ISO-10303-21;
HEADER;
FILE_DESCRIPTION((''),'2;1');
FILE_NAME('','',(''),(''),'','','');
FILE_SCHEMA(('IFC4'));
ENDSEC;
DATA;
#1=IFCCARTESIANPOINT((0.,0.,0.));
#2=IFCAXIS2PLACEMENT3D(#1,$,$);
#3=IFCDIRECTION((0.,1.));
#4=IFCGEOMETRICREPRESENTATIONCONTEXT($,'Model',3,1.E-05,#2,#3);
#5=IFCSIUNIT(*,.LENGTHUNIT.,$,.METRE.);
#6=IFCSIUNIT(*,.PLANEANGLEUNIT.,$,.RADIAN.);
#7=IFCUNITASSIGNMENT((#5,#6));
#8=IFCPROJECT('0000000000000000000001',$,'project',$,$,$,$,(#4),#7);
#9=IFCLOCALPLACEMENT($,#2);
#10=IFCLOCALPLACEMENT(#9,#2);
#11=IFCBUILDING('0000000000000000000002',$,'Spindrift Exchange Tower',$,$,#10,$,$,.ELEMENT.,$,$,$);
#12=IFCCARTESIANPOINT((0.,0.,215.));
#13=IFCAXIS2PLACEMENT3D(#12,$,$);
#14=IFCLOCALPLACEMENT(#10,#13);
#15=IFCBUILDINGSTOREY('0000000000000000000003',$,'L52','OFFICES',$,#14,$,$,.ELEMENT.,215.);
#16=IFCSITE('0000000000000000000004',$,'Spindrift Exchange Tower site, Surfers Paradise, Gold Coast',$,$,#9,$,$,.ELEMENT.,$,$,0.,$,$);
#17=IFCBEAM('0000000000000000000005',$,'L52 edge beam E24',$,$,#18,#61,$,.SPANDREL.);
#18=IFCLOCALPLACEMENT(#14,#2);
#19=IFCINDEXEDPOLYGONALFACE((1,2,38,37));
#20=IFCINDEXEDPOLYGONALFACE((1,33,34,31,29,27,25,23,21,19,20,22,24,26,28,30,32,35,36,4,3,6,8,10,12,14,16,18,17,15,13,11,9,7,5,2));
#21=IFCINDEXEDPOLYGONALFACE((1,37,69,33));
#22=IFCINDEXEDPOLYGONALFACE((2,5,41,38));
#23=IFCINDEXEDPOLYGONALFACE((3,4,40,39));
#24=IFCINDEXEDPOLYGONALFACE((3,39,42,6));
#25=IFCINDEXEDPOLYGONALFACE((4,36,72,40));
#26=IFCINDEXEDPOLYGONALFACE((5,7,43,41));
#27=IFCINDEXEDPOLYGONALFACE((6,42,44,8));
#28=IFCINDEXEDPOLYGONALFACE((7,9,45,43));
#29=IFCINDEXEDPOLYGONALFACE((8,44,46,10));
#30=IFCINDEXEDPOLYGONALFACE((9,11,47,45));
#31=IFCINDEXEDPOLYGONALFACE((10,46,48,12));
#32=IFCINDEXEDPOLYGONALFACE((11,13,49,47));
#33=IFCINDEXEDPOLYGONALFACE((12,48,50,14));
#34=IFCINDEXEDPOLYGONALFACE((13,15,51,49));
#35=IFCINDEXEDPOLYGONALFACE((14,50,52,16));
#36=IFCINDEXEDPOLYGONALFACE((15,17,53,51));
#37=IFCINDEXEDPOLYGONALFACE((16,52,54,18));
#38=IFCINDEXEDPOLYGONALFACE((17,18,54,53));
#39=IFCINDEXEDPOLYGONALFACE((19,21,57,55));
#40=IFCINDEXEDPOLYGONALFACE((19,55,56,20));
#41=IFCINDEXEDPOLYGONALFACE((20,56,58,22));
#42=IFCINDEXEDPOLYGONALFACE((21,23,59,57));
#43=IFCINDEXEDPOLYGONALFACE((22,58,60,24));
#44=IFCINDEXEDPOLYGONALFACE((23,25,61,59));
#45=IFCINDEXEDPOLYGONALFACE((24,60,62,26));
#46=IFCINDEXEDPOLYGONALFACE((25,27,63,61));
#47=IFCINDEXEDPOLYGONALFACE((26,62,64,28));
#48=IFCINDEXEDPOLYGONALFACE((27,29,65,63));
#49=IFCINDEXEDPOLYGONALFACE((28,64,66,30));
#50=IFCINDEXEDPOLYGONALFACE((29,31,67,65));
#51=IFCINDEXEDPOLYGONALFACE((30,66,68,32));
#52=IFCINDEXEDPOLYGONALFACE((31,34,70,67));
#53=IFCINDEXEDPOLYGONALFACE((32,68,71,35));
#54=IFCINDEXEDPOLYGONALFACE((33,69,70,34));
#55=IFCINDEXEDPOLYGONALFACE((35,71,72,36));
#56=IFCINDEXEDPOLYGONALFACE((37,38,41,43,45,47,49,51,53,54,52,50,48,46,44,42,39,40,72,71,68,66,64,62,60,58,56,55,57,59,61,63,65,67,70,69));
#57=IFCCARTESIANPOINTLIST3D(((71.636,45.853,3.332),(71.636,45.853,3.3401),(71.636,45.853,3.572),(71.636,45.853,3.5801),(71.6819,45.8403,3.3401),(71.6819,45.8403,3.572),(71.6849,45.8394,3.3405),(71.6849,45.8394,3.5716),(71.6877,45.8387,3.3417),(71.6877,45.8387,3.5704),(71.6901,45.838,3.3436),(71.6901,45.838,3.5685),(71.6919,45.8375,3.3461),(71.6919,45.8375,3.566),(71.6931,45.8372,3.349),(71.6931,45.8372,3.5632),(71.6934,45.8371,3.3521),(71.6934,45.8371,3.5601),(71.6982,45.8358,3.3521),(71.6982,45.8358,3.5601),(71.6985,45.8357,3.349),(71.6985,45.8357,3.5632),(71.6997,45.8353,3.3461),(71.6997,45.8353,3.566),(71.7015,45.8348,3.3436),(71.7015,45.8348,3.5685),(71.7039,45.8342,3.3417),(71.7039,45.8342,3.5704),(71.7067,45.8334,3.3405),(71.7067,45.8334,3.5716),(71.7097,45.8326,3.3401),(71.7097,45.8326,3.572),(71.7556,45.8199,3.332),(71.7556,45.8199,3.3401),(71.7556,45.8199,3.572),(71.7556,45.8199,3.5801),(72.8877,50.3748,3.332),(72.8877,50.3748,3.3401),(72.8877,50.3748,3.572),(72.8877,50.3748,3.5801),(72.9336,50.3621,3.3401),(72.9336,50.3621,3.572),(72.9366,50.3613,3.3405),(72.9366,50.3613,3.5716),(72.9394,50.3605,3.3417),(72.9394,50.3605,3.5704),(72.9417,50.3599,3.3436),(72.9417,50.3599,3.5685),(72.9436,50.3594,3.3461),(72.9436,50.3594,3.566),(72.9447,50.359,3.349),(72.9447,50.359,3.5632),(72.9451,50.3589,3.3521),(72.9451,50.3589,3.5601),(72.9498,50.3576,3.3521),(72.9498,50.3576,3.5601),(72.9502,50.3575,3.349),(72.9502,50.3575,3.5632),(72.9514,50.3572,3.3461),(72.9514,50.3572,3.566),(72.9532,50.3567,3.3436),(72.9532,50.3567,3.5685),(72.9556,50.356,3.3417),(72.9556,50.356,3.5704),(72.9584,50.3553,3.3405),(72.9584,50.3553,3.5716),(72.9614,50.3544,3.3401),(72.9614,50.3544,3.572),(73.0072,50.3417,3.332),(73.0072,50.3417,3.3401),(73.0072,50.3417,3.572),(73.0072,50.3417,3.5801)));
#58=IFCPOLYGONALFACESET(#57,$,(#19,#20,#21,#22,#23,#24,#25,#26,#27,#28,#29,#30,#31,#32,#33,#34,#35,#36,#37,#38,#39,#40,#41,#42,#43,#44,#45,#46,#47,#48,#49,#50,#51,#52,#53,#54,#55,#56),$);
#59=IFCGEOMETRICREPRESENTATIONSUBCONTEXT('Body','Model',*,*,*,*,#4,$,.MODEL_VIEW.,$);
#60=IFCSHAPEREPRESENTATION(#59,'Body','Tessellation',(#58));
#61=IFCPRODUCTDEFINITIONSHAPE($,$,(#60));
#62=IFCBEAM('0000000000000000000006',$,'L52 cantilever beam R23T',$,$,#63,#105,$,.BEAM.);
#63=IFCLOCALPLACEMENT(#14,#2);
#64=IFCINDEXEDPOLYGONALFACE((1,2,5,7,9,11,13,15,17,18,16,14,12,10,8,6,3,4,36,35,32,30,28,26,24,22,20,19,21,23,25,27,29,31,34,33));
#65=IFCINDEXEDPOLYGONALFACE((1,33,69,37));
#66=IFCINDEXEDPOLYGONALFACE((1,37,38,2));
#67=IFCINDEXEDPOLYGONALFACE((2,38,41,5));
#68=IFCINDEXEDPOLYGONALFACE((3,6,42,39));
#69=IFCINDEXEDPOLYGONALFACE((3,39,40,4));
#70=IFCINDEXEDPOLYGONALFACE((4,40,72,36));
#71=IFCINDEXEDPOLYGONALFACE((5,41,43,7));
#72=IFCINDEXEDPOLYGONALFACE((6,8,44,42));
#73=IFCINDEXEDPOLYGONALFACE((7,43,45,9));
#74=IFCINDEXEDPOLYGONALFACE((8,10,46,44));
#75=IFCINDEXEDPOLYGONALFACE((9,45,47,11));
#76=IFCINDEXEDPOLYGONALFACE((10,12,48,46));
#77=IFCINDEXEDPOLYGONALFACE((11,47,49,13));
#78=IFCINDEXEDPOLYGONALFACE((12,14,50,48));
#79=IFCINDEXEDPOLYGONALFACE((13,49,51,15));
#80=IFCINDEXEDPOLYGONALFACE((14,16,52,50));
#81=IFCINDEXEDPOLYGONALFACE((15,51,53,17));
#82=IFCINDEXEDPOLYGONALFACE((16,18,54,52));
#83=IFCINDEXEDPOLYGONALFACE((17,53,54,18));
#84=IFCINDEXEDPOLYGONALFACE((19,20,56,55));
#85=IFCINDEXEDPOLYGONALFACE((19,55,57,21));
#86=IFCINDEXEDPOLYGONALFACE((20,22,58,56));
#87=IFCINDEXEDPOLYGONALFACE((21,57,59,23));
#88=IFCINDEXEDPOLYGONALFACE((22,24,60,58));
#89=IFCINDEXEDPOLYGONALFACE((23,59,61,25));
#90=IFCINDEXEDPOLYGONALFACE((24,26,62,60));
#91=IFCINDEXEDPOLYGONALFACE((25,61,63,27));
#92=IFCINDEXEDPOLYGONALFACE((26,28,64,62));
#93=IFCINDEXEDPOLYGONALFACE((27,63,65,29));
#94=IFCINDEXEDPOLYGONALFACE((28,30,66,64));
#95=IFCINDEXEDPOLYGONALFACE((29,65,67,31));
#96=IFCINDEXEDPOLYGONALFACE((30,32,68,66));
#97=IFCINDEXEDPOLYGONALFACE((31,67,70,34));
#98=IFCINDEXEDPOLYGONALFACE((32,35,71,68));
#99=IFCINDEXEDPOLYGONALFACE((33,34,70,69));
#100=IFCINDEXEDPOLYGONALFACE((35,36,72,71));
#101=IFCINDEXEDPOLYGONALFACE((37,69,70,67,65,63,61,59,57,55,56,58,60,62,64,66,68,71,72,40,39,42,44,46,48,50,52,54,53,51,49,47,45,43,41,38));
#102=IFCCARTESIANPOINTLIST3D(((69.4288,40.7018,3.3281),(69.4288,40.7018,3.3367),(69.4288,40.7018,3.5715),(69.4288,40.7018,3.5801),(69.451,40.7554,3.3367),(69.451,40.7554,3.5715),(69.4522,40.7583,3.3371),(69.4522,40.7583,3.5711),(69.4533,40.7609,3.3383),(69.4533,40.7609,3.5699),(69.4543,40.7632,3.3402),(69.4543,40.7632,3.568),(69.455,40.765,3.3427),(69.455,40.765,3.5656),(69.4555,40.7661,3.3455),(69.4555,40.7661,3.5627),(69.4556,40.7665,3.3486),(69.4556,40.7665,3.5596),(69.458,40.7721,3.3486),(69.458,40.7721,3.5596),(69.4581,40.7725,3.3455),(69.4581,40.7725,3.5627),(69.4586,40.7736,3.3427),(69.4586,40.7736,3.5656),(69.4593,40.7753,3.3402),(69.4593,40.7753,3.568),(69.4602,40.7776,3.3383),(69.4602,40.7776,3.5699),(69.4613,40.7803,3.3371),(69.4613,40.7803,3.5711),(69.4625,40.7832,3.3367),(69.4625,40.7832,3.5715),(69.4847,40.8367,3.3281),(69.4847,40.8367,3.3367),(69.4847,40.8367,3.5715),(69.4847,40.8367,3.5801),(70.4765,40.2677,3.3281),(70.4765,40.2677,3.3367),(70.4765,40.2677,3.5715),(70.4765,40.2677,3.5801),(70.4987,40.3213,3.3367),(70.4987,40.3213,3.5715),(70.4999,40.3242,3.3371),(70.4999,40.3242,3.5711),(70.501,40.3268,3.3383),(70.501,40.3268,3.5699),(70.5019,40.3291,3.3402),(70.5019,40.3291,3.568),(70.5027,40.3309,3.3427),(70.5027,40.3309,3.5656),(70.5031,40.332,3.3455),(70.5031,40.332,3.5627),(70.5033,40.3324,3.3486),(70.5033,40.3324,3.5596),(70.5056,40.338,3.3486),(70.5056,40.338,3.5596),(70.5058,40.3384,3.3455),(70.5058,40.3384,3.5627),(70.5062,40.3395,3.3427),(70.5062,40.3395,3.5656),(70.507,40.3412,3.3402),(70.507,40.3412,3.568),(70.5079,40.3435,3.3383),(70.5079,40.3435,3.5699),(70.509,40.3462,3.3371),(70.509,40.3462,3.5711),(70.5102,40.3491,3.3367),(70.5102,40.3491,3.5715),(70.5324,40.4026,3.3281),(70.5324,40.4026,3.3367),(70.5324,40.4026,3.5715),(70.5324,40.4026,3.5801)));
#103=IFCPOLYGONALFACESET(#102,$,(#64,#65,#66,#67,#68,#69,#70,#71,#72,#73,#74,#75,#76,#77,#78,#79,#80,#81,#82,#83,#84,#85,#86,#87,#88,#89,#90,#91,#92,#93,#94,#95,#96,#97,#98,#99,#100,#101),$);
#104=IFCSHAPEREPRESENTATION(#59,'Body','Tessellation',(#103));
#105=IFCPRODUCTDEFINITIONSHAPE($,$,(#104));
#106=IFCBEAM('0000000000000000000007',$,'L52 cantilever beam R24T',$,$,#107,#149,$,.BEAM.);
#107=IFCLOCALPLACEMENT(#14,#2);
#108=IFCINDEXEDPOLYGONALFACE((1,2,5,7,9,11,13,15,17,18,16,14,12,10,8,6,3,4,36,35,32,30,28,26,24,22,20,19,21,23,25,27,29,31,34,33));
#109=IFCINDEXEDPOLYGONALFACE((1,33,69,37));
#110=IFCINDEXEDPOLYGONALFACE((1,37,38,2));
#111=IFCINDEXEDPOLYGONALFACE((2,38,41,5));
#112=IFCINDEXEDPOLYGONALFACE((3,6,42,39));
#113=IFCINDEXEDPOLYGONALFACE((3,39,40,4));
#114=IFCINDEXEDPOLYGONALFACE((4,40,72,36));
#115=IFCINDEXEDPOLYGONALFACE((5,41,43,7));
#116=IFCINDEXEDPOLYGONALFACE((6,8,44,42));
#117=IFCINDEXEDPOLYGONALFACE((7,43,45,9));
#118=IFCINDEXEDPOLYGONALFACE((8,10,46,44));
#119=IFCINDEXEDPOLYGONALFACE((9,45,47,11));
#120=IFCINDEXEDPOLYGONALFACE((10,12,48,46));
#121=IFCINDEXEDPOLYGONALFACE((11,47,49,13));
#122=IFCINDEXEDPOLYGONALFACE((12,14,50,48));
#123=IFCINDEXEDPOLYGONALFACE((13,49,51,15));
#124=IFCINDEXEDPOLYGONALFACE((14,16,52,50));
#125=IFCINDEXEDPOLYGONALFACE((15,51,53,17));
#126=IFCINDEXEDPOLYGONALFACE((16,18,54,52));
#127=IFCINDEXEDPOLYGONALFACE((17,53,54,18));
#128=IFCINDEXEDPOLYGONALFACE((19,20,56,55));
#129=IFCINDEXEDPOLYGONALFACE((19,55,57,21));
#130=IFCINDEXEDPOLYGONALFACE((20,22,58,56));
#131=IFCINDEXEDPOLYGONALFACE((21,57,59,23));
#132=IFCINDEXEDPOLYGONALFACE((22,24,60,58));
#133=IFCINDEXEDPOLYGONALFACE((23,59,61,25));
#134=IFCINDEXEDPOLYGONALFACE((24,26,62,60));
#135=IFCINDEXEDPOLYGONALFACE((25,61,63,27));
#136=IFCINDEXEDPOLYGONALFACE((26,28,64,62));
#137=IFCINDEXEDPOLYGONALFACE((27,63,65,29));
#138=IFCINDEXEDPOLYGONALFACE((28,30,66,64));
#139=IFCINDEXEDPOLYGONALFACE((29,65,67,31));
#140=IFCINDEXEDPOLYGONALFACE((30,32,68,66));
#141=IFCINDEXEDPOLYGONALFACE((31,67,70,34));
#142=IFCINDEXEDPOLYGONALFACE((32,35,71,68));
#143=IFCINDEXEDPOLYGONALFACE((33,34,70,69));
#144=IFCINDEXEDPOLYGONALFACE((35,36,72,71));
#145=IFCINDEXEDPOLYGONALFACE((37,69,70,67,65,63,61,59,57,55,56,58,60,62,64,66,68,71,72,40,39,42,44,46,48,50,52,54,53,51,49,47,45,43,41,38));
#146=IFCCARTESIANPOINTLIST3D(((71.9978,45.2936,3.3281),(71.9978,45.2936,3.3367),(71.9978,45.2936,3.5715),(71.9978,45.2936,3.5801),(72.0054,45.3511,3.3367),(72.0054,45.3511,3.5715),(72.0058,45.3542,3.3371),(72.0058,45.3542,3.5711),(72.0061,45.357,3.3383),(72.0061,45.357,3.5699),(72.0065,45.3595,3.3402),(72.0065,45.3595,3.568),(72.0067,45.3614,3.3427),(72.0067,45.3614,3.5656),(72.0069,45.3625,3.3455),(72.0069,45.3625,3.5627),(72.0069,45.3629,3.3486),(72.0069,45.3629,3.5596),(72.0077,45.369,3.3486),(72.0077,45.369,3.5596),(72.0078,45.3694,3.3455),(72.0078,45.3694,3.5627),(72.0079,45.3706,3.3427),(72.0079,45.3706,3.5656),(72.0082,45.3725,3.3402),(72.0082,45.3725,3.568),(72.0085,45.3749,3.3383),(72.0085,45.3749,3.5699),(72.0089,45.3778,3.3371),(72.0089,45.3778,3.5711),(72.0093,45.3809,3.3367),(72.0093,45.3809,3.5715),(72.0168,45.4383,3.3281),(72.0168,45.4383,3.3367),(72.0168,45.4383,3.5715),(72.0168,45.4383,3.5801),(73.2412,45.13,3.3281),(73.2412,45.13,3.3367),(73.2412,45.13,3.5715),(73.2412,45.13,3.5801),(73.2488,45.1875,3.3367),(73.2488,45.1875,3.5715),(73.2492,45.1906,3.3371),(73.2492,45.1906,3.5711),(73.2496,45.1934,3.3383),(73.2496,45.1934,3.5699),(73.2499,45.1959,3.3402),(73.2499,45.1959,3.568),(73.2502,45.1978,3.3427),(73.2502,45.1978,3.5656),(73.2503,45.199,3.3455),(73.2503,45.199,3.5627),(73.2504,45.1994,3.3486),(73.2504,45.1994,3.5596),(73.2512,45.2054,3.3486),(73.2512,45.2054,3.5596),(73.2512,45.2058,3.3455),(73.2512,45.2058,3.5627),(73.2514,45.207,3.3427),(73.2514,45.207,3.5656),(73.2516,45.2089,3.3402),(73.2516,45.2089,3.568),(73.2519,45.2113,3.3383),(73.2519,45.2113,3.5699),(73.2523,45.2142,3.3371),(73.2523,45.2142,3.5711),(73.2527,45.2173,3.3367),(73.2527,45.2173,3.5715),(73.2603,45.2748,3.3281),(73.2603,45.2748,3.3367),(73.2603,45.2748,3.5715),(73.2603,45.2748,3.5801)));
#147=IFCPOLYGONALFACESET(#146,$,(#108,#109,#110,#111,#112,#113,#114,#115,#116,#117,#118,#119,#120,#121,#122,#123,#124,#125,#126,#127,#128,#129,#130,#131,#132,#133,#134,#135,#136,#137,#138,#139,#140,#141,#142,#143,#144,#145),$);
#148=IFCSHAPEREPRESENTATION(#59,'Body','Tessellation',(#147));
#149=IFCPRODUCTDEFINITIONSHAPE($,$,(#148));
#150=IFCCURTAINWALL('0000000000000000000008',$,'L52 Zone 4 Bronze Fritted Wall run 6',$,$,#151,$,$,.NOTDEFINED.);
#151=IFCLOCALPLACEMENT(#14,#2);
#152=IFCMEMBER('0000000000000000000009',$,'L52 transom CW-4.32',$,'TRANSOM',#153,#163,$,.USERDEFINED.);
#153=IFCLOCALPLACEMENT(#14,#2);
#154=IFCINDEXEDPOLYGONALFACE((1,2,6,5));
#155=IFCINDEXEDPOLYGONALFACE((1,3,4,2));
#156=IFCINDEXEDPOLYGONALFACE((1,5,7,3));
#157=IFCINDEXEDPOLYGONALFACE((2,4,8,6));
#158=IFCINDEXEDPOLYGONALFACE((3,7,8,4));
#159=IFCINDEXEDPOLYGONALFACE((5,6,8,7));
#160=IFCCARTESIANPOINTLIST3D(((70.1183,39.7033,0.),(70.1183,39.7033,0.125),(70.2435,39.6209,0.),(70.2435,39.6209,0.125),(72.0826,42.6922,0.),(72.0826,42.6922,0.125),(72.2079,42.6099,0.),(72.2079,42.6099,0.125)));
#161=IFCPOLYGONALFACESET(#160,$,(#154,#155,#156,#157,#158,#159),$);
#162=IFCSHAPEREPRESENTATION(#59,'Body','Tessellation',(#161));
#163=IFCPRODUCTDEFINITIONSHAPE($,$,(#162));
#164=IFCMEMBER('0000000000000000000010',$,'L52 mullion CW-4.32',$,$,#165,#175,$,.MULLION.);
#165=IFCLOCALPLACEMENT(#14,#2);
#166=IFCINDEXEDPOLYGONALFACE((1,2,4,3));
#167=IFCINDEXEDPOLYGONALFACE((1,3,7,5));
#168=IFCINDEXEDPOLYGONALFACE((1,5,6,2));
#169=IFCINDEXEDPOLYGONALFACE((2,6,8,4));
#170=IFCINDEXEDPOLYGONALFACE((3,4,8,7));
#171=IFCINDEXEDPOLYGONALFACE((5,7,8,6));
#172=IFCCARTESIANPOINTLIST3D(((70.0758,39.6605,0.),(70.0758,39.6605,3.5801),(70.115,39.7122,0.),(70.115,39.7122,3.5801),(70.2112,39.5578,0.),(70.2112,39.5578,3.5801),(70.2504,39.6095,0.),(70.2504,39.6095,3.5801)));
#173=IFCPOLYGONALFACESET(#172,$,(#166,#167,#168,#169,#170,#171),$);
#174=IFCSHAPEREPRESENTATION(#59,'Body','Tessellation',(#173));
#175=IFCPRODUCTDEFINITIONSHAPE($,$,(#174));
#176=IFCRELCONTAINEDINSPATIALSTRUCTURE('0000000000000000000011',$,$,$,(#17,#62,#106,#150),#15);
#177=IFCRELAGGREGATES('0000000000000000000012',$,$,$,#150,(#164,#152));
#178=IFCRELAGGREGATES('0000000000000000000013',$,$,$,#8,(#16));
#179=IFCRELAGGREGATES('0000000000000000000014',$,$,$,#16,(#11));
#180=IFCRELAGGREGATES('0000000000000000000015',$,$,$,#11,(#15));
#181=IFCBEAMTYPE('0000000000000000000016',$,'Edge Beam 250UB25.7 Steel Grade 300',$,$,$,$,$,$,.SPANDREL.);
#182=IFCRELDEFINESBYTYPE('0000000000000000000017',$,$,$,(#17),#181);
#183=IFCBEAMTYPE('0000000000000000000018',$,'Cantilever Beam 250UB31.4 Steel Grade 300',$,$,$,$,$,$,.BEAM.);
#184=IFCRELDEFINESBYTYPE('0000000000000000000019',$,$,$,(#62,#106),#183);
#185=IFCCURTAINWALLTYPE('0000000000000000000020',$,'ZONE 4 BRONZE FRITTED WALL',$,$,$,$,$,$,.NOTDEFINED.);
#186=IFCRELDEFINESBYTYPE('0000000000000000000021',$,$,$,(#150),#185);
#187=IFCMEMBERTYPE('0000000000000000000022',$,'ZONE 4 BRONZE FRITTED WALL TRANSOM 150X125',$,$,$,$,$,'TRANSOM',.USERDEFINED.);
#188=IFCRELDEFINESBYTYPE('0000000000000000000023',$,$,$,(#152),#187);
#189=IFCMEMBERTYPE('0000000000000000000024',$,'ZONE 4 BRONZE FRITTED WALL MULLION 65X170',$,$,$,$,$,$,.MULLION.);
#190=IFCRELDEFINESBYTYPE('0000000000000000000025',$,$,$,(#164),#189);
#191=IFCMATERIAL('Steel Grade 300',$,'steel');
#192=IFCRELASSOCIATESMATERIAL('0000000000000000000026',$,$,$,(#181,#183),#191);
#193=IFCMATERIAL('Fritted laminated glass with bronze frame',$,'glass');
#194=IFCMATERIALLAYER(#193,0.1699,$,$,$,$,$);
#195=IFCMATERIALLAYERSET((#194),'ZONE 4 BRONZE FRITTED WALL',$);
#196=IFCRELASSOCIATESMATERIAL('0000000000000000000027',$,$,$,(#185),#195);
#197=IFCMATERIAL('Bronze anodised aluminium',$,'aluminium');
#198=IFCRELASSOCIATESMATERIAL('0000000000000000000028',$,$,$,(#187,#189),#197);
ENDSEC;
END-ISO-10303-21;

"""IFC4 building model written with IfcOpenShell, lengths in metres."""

from ifc_helpers import new_model, si_unit, direction, frame, origin, origin_2d, place, context, subcontext, project, spatial, rectangle, i_section, extrude, source, transform, mapped, material, layer, layer_set, material_profile, profile_set, type_object, element, aggregate, save


model = new_model("IFC4")

# Units and contexts
model_context = context("Model", 3, precision=1e-05, world=origin(), true_north=direction((0.0, 1.0)))
body_context = subcontext(model_context, "Body", "Model", "MODEL_VIEW")
ifc_project = project(units=[si_unit("LENGTHUNIT", "METRE"), si_unit("PLANEANGLEUNIT", "RADIAN")], contexts=[model_context])

# Site, building, storey
site_placement = place(None, origin())
site = spatial("IfcSite", under=ifc_project, at=site_placement, Name="Spindrift Exchange Tower site, Surfers Paradise, Gold Coast", CompositionType="ELEMENT", RefElevation=0.0)
building_placement = place(site_placement, origin())
building = spatial("IfcBuilding", under=site, at=building_placement, Name="Spindrift Exchange Tower", CompositionType="ELEMENT")
storey_placement = place(building_placement, frame((0.0, 0.0, 215.0)))
storey = spatial("IfcBuildingStorey", under=building, at=storey_placement, Name="L52", Description="OFFICES", CompositionType="ELEMENT", Elevation=215.0)

# Beams
ifc_material_1 = material(Name="Steel Grade 300", Category="steel")
ifc_material_profile_1 = material_profile(ifc_material_1, i_section(OverallWidth=0.124, OverallDepth=0.248, WebThickness=0.0049, FlangeThickness=0.0081, FilletRadius=0.012, at=origin_2d()), Name="250UB25.7")
ifc_profile_set_1 = profile_set([ifc_material_profile_1], Name="Steel Grade 300")
beam_type_1 = type_object("IfcBeamType", Name="Edge Beam 250UB25.7 Steel Grade 300", PredefinedType="SPANDREL", material=ifc_profile_set_1)
shared_shape_1 = source(origin(), body_context, "Body", "SweptSolid", [
    extrude(i_section(OverallWidth=0.124, OverallDepth=0.248, WebThickness=0.0049, FlangeThickness=0.0081, FilletRadius=0.012, at=origin_2d()), origin(), (0.0, 0.0, 1.0), 4.6919),
])
beam_1_placement = place(storey_placement, frame((71.6958, 45.8364, 3.4561), z_axis=(0.266774, 0.963759, 0.0), x_axis=(-0.963759, 0.266774, 0.0)))
element("IfcBeam", 1, at=beam_1_placement, inside=storey, type_object=beam_type_1, Name="L52 edge beam E24", PredefinedType="SPANDREL", context=body_context, shape_type="MappedRepresentation", body=[
    mapped(shared_shape_1, transform((0.0, 0.0, 0.0), scale=1.0)),
])
ifc_material_profile_2 = material_profile(ifc_material_1, i_section(OverallWidth=0.146, OverallDepth=0.252, WebThickness=0.0061, FlangeThickness=0.0085, FilletRadius=0.012, at=origin_2d()), Name="250UB31.4")
ifc_profile_set_2 = profile_set([ifc_material_profile_2], Name="Steel Grade 300")
beam_type_2 = type_object("IfcBeamType", Name="Cantilever Beam 250UB31.4 Steel Grade 300", PredefinedType="BEAM", material=ifc_profile_set_2)
shared_shape_2 = source(origin(), body_context, "Body", "SweptSolid", [
    extrude(i_section(OverallWidth=0.146, OverallDepth=0.252, WebThickness=0.0061, FlangeThickness=0.0085, FilletRadius=0.012, at=origin_2d()), origin(), (0.0, 0.0, 1.0), 1.134),
])
beam_2_placement = place(storey_placement, frame((69.4568, 40.7693, 3.4541), z_axis=(0.923833, -0.382795, 0.0), x_axis=(0.382795, 0.923833, 0.0)))
element("IfcBeam", 2, at=beam_2_placement, inside=storey, type_object=beam_type_2, Name="L52 cantilever beam R23T", PredefinedType="BEAM", context=body_context, shape_type="MappedRepresentation", body=[
    mapped(shared_shape_2, transform((0.0, 0.0, 0.0), scale=1.0)),
])
shared_shape_3 = source(origin(), body_context, "Body", "SweptSolid", [
    extrude(i_section(OverallWidth=0.146, OverallDepth=0.252, WebThickness=0.0061, FlangeThickness=0.0085, FilletRadius=0.012, at=origin_2d()), origin(), (0.0, 0.0, 1.0), 1.2542),
])
beam_3_placement = place(storey_placement, frame((72.0073, 45.366, 3.4541), z_axis=(0.991458, -0.130429, 0.0), x_axis=(0.130429, 0.991458, 0.0)))
element("IfcBeam", 3, at=beam_3_placement, inside=storey, type_object=beam_type_2, Name="L52 cantilever beam R24T", PredefinedType="BEAM", context=body_context, shape_type="MappedRepresentation", body=[
    mapped(shared_shape_3, transform((0.0, 0.0, 0.0), scale=1.0)),
])

# Curtain wall, members
ifc_material_2 = material(Name="Fritted laminated glass with bronze frame", Category="glass")
ifc_layer_1 = layer(ifc_material_2, 0.1699)
ifc_layer_set_1 = layer_set([ifc_layer_1], Name="ZONE 4 BRONZE FRITTED WALL")
curtain_wall_type = type_object("IfcCurtainWallType", Name="ZONE 4 BRONZE FRITTED WALL", PredefinedType="NOTDEFINED", material=ifc_layer_set_1)
curtain_wall_placement = place(storey_placement, origin())
curtain_wall = element("IfcCurtainWall", 4, at=curtain_wall_placement, inside=storey, type_object=curtain_wall_type, Name="L52 Zone 4 Bronze Fritted Wall run 6", PredefinedType="NOTDEFINED")
ifc_material_3 = material(Name="Bronze anodised aluminium", Category="aluminium")
ifc_material_profile_3 = material_profile(ifc_material_3, rectangle(XDim=0.1499, YDim=0.125, at=origin_2d()), Name="ZONE 4 BRONZE FRITTED WALL TRANSOM 150X125")
ifc_profile_set_3 = profile_set([ifc_material_profile_3], Name="Bronze anodised aluminium")
member_type_1 = type_object("IfcMemberType", Name="ZONE 4 BRONZE FRITTED WALL TRANSOM 150X125", ElementType="TRANSOM", PredefinedType="USERDEFINED", material=ifc_profile_set_3)
shared_shape_4 = source(origin(), body_context, "Body", "SweptSolid", [
    extrude(rectangle(XDim=0.1499, YDim=0.125, at=origin_2d()), origin(), (0.0, 0.0, 1.0), 3.5767),
])
member_1_placement = place(storey_placement, frame((70.1809, 39.6621, 0.0625), z_axis=(0.549206, 0.835687, 0.0), x_axis=(-0.835687, 0.549206, 0.0)))
member_1 = element("IfcMember", 5, at=member_1_placement, type_object=member_type_1, Name="L52 transom CW-4.32", ObjectType="TRANSOM", PredefinedType="USERDEFINED", context=body_context, shape_type="MappedRepresentation", body=[
    mapped(shared_shape_4, transform((0.0, 0.0, 0.0), scale=1.0)),
])
ifc_material_profile_4 = material_profile(ifc_material_3, rectangle(XDim=0.0649, YDim=0.1699, at=origin_2d()), Name="ZONE 4 BRONZE FRITTED WALL MULLION 65X170")
ifc_profile_set_4 = profile_set([ifc_material_profile_4], Name="Bronze anodised aluminium")
member_type_2 = type_object("IfcMemberType", Name="ZONE 4 BRONZE FRITTED WALL MULLION 65X170", PredefinedType="MULLION", material=ifc_profile_set_4)
shared_shape_5 = source(origin(), body_context, "Body", "SweptSolid", [
    extrude(rectangle(XDim=0.0649, YDim=0.1699, at=origin_2d()), origin(), (0.0, 0.0, 1.0), 3.5801),
])
member_2_placement = place(storey_placement, frame((70.1631, 39.635, 0.0), z_axis=(0.0, 0.0, 1.0), x_axis=(0.604274, 0.796777, 0.0)))
member_2 = element("IfcMember", 6, at=member_2_placement, type_object=member_type_2, Name="L52 mullion CW-4.32", PredefinedType="MULLION", context=body_context, shape_type="MappedRepresentation", body=[
    mapped(shared_shape_5, transform((0.0, 0.0, 0.0), scale=1.0)),
])
aggregate(curtain_wall, [member_2, member_1])

save(model, "model.ifc")
